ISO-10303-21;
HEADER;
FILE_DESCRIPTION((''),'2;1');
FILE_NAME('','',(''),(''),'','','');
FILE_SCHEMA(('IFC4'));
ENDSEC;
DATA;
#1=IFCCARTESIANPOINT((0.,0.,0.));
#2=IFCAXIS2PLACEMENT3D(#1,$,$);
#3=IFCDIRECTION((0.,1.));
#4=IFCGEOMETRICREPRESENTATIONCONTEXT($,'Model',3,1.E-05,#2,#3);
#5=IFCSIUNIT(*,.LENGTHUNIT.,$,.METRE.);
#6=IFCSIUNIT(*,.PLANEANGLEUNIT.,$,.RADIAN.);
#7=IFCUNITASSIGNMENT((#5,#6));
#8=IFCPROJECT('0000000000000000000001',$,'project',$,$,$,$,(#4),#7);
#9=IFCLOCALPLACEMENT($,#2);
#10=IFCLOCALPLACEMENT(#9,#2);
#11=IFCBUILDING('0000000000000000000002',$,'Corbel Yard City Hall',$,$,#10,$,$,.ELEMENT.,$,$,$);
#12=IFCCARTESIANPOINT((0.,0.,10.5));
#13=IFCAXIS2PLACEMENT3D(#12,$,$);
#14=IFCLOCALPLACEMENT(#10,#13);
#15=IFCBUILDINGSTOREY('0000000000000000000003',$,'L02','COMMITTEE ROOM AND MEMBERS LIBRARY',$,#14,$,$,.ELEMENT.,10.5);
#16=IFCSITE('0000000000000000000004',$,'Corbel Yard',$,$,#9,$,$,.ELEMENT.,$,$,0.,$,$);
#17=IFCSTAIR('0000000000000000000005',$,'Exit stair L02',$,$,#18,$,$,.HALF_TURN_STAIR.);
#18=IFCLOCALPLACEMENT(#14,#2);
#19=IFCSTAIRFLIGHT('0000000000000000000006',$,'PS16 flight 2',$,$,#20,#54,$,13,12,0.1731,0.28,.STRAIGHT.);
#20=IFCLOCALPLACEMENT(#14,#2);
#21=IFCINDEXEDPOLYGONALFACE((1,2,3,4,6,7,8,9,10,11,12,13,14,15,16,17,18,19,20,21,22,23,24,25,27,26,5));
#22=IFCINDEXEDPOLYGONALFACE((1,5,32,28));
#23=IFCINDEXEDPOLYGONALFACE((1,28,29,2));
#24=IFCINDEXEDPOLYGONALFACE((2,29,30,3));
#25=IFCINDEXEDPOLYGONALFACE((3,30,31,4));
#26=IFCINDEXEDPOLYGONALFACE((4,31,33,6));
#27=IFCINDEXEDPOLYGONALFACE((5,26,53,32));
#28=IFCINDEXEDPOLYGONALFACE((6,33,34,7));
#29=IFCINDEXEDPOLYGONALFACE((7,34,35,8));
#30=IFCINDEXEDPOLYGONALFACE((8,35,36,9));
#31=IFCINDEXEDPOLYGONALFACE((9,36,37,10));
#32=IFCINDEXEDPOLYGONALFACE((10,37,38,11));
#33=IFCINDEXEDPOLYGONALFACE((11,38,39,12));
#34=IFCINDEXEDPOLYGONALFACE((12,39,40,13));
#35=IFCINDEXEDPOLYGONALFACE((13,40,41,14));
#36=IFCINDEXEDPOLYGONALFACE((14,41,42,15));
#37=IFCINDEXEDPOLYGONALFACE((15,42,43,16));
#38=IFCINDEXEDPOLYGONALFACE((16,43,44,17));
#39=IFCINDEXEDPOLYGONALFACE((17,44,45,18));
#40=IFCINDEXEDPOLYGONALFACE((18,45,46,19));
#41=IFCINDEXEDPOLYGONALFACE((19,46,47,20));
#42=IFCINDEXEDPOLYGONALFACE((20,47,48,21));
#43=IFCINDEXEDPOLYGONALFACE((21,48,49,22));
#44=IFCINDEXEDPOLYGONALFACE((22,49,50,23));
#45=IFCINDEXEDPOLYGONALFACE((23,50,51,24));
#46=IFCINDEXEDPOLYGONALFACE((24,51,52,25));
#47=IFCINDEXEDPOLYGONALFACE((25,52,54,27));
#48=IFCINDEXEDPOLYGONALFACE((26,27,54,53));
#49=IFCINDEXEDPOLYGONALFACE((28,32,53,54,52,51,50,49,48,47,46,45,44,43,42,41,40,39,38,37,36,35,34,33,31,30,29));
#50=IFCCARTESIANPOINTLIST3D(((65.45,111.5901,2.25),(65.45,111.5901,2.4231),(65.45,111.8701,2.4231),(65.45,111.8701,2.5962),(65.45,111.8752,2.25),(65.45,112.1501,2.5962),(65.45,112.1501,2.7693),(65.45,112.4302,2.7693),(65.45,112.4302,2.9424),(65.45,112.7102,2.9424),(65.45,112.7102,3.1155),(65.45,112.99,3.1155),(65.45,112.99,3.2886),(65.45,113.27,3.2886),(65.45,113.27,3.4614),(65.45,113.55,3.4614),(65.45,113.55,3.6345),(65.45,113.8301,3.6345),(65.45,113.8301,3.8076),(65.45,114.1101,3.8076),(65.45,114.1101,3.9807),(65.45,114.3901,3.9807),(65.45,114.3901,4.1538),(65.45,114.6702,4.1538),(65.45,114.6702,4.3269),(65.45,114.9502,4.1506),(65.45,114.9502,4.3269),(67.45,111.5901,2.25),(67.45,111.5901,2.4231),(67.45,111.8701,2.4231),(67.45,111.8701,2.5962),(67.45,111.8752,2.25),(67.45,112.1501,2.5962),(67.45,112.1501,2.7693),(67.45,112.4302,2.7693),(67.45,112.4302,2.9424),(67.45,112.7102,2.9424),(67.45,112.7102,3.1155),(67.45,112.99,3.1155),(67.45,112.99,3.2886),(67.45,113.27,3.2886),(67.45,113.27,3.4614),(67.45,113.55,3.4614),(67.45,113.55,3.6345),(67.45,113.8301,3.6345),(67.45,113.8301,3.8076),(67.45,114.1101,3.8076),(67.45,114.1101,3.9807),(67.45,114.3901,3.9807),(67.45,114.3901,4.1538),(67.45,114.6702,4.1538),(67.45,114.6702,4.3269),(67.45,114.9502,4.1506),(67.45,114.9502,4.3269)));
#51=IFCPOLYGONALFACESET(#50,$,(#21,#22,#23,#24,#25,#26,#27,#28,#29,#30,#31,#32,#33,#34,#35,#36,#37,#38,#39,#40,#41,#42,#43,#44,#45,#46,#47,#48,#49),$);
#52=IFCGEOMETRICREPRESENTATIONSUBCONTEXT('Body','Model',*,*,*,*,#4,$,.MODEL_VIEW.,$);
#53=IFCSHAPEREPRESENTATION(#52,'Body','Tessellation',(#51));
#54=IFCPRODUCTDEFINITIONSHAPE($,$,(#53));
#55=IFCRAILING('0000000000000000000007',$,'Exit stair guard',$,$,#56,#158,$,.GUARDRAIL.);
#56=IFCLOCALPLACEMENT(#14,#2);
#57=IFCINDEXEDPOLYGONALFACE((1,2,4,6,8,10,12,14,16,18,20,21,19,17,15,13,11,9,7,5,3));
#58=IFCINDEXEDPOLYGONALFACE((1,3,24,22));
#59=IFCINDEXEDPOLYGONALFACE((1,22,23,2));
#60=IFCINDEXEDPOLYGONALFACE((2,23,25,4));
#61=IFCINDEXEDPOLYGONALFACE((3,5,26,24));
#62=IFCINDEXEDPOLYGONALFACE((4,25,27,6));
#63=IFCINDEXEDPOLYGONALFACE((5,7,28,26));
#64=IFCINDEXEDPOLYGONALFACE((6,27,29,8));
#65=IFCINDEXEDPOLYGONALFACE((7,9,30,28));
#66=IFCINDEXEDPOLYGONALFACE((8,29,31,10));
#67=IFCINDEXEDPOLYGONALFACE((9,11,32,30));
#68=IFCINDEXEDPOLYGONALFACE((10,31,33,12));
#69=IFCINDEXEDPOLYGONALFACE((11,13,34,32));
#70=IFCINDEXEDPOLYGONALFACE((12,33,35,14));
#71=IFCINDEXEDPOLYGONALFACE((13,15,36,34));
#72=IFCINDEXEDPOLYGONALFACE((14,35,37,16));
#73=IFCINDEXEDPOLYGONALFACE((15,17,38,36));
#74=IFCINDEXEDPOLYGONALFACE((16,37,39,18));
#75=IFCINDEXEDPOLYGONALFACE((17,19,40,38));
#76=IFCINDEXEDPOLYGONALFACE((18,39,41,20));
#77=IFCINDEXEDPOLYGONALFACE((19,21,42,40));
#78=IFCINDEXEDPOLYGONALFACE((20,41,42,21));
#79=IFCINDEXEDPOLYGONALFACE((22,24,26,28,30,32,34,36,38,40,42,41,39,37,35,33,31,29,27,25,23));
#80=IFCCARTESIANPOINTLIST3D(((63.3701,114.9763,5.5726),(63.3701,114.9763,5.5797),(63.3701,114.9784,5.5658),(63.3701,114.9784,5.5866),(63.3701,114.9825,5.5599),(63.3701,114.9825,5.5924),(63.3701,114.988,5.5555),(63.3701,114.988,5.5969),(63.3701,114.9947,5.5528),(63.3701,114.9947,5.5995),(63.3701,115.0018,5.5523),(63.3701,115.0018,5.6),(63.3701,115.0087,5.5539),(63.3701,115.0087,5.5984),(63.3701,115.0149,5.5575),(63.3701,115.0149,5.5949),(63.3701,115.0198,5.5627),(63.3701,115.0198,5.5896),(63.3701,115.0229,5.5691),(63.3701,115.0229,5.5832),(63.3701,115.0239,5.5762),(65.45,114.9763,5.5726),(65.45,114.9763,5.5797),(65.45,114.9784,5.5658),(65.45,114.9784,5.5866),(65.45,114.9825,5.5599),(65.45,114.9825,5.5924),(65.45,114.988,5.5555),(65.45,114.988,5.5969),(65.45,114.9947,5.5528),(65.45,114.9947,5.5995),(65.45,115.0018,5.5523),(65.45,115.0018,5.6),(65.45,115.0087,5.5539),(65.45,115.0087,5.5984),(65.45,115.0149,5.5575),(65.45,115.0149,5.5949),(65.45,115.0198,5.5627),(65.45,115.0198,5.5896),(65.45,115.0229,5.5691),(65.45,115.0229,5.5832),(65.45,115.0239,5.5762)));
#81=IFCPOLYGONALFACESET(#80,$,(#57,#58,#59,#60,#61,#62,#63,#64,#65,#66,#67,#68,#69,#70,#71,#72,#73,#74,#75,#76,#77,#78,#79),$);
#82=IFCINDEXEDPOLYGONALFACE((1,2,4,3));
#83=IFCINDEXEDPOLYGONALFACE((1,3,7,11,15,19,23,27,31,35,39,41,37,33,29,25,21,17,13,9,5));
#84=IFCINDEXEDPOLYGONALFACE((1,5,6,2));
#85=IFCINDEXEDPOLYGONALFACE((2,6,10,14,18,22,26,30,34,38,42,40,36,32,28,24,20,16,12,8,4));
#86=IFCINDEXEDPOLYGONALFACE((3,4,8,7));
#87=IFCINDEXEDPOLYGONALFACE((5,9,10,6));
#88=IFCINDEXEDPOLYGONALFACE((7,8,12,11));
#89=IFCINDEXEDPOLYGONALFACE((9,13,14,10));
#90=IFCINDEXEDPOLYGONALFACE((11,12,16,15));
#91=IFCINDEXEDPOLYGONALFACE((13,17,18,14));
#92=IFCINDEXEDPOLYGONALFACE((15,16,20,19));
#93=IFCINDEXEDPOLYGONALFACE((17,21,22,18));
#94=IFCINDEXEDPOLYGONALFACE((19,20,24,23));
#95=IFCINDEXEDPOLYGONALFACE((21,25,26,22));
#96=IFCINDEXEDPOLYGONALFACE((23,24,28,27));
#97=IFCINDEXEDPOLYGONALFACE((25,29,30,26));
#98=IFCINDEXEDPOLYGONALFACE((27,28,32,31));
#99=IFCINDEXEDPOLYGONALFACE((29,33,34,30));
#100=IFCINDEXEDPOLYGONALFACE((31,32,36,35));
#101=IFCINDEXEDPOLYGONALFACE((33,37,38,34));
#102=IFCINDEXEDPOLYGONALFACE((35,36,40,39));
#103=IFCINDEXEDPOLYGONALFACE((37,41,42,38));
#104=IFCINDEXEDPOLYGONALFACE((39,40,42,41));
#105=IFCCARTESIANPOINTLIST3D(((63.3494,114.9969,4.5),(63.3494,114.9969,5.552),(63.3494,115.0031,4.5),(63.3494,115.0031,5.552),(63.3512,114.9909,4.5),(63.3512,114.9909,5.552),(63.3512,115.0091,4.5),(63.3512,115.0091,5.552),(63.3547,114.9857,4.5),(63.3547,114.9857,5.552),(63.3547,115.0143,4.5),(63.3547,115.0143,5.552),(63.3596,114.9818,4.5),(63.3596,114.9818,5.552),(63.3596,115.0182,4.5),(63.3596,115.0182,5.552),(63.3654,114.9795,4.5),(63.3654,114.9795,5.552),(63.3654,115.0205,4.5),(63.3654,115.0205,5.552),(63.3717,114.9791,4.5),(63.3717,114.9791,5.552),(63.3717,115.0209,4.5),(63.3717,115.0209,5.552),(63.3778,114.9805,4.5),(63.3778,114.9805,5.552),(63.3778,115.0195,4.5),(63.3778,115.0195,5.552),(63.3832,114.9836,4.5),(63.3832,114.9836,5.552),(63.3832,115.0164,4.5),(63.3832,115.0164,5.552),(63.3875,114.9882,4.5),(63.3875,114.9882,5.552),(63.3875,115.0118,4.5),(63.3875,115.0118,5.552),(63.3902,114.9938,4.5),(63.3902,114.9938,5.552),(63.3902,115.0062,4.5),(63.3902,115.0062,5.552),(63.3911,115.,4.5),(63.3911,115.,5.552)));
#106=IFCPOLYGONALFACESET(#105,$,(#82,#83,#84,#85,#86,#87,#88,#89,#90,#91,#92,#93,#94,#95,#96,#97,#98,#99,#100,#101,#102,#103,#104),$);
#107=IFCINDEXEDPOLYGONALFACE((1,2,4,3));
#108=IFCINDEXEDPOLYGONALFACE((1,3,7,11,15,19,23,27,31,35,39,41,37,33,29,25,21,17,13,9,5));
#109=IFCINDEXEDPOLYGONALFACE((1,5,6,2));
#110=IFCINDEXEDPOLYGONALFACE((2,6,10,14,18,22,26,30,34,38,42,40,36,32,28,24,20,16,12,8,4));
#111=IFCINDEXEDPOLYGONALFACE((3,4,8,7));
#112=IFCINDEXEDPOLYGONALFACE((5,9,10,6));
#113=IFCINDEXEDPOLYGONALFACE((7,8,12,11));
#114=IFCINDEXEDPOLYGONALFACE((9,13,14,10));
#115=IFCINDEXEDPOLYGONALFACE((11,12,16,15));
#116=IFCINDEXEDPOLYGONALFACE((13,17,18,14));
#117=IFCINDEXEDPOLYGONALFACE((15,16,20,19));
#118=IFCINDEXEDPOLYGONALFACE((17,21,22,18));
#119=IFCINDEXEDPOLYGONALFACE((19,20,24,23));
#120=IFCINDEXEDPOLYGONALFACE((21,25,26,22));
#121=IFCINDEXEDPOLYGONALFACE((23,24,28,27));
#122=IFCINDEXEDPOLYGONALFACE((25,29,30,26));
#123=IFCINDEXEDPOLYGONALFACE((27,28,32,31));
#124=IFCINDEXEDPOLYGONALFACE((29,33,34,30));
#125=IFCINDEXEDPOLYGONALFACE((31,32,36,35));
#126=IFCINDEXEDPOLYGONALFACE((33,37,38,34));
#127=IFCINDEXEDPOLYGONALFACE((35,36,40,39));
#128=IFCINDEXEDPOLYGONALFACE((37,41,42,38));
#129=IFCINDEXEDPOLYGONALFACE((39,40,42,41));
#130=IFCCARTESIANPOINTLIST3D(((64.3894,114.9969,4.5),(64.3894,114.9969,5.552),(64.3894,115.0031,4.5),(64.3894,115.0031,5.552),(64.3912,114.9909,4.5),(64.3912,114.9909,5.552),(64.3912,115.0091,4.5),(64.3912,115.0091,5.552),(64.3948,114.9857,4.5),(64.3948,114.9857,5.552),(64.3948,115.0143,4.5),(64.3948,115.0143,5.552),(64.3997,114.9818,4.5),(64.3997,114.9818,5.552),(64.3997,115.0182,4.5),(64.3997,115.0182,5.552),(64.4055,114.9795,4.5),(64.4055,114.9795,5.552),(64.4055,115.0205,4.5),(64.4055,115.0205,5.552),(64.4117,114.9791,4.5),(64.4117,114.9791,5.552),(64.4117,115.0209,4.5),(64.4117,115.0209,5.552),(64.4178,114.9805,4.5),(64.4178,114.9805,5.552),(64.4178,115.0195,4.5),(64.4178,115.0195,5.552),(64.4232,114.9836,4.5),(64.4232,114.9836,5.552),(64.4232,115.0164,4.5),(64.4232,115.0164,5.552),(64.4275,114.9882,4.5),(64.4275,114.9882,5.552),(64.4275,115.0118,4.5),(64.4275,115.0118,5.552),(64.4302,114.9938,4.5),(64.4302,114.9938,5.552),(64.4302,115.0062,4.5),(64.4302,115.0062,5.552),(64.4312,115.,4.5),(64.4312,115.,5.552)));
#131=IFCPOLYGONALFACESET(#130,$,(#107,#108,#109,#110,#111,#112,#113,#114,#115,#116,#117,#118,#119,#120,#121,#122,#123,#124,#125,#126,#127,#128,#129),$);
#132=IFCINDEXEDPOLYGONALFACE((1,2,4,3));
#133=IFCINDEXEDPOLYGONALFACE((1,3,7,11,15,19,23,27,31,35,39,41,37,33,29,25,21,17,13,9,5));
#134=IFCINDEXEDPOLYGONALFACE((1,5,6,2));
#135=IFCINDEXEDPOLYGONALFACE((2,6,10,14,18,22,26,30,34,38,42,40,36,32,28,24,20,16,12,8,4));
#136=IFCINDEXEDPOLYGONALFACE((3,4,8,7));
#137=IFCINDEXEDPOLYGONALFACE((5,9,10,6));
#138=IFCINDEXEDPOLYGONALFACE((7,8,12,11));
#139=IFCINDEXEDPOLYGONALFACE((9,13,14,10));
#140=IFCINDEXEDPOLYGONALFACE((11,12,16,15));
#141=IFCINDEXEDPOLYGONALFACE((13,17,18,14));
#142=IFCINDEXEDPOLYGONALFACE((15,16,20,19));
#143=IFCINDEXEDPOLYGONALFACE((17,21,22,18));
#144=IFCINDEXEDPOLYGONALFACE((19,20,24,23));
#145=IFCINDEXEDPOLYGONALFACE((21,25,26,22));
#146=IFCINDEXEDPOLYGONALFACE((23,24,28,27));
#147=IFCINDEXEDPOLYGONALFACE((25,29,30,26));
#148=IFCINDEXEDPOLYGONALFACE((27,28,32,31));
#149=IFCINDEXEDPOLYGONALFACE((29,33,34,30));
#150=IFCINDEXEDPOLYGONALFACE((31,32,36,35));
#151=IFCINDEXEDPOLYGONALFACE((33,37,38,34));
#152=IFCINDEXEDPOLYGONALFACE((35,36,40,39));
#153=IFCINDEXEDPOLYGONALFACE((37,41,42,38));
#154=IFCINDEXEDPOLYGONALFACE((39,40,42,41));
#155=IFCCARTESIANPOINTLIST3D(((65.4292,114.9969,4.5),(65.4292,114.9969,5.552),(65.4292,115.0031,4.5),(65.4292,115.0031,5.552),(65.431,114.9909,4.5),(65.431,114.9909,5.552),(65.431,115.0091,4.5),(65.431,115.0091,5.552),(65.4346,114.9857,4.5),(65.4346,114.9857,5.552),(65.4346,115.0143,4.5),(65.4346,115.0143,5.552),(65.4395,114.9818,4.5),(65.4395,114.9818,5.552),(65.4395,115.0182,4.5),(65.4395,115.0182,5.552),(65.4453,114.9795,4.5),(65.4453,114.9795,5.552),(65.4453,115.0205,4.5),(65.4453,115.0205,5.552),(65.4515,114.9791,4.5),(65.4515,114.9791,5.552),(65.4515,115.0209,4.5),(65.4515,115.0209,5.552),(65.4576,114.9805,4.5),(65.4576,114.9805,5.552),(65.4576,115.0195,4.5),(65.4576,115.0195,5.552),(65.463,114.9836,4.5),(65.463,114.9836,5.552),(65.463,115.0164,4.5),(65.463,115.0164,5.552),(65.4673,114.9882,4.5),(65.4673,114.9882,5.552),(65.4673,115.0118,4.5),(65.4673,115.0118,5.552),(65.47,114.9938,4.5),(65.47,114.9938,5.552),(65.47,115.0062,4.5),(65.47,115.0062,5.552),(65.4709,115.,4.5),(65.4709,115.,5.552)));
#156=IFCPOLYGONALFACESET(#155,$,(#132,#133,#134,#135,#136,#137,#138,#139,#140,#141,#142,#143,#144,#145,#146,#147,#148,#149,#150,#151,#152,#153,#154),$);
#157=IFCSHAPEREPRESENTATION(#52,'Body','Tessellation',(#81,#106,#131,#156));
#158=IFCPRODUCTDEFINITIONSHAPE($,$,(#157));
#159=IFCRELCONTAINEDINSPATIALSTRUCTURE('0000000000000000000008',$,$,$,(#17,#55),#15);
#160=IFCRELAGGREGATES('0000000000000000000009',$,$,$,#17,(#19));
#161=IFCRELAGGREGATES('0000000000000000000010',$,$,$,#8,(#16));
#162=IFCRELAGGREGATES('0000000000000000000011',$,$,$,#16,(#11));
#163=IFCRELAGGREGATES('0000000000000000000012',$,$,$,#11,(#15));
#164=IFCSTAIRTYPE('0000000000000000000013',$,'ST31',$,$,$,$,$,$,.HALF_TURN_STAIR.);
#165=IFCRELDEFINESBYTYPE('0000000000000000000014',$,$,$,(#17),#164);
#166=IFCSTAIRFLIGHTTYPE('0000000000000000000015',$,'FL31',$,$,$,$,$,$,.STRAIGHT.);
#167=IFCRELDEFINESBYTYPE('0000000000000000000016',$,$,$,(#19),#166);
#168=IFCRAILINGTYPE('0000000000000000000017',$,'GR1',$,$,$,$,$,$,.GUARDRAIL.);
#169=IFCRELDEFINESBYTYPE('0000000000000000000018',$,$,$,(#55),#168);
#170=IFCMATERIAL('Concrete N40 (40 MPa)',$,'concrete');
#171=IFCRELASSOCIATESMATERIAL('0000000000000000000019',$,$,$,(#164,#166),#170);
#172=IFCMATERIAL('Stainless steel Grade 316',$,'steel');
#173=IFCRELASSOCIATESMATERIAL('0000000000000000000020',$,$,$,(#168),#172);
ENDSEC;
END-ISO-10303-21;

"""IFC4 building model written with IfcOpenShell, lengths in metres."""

from ifc_helpers import new_model, si_unit, direction, frame, origin, origin_2d, place, context, subcontext, project, spatial, polyline, circle, outline, extrude, material, type_object, element, aggregate, save


model = new_model("IFC4")

# Units and contexts
model_context = context("Model", 3, precision=1e-05, world=origin(), true_north=direction((0.0, 1.0)))
body_context = subcontext(model_context, "Body", "Model", "MODEL_VIEW")
ifc_project = project(units=[si_unit("LENGTHUNIT", "METRE"), si_unit("PLANEANGLEUNIT", "RADIAN")], contexts=[model_context])

# Site, building, storey
site_placement = place(None, origin())
site = spatial("IfcSite", under=ifc_project, at=site_placement, Name="Corbel Yard", CompositionType="ELEMENT", RefElevation=0.0)
building_placement = place(site_placement, origin())
building = spatial("IfcBuilding", under=site, at=building_placement, Name="Corbel Yard City Hall", CompositionType="ELEMENT")
storey_placement = place(building_placement, frame((0.0, 0.0, 10.5)))
storey = spatial("IfcBuildingStorey", under=building, at=storey_placement, Name="L02", Description="COMMITTEE ROOM AND MEMBERS LIBRARY", CompositionType="ELEMENT", Elevation=10.5)

# Shared definitions
ifc_material_1 = material(Name="Concrete N40 (40 MPa)", Category="concrete")

# Shared definitions
ifc_material_2 = material(Name="Stainless steel Grade 316", Category="steel")

# Stair, stair flight
stair_type = type_object("IfcStairType", Name="ST31", PredefinedType="HALF_TURN_STAIR", material=ifc_material_1)
stair_placement = place(storey_placement, origin())
stair = element("IfcStair", 1, at=stair_placement, inside=storey, type_object=stair_type, Name="Exit stair L02", PredefinedType="HALF_TURN_STAIR")
stair_flight_type = type_object("IfcStairFlightType", Name="FL31", PredefinedType="STRAIGHT", material=ifc_material_1)
stair_flight_1_placement = place(storey_placement, frame((66.45, 111.5901, 2.25), z_axis=(0.0, 0.0, 1.0), x_axis=(0.0, 1.0, 0.0)))
stair_flight_1 = element("IfcStairFlight", 2, at=stair_flight_1_placement, type_object=stair_flight_type, Name="PS16 flight 2", NumberOfRisers=13, NumberOfTreads=12, PredefinedType="STRAIGHT", RiserHeight=0.1731, TreadLength=0.28, context=body_context, shape_type="SweptSolid", body=[
    extrude(outline(polyline([(0.0, 0.0), (0.0, 0.1731), (0.28, 0.1731), (0.28, 0.3462), (0.5601, 0.3462), (0.5601, 0.5193), (0.8401, 0.5193), (0.8401, 0.6924), (1.1201, 0.6924), (1.1201, 0.8655), (1.3999, 0.8655), (1.3999, 1.0386), (1.6799, 1.0386), (1.6799, 1.2114), (1.96, 1.2114), (1.96, 1.3845), (2.24, 1.3845), (2.24, 1.5576), (2.52, 1.5576), (2.52, 1.7307), (2.8, 1.7307), (2.8, 1.9038), (3.0801, 1.9038), (3.0801, 2.0769), (3.3601, 2.0769), (3.3601, 2.25), (3.3601, 1.9006), (0.2852, 0.0), (0.0, 0.0)])), frame((0.0, 1.0, 0.0), z_axis=(0.0, -1.0, 0.0), x_axis=(1.0, 0.0, 0.0)), (0.0, 0.0, 1.0), 2.0),
])
aggregate(stair, [stair_flight_1])

# Railing
railing_type_1 = type_object("IfcRailingType", Name="GR1", PredefinedType="GUARDRAIL", material=ifc_material_2)
railing_placement = place(storey_placement, frame((63.3701, 115.0, 4.5)))
element("IfcRailing", 3, at=railing_placement, inside=storey, type_object=railing_type_1, Name="Exit stair guard", PredefinedType="GUARDRAIL", context=body_context, shape_type="SweptSolid", body=[
    extrude(circle(Radius=0.0239, at=origin_2d()), frame((0.0, 0.0, 1.0762), z_axis=(1.0, 0.0, 0.0), x_axis=(0.0, 1.0, 0.0)), (0.0, 0.0, 1.0), 2.0798),
    extrude(circle(Radius=0.021, at=origin_2d()), origin(), (0.0, 0.0, 1.0), 1.052),
    extrude(circle(Radius=0.021, at=origin_2d()), frame((1.04, 0.0, 0.0)), (0.0, 0.0, 1.0), 1.052),
    extrude(circle(Radius=0.021, at=origin_2d()), frame((2.0798, 0.0, 0.0)), (0.0, 0.0, 1.0), 1.052),
])

save(model, "model.ifc")
